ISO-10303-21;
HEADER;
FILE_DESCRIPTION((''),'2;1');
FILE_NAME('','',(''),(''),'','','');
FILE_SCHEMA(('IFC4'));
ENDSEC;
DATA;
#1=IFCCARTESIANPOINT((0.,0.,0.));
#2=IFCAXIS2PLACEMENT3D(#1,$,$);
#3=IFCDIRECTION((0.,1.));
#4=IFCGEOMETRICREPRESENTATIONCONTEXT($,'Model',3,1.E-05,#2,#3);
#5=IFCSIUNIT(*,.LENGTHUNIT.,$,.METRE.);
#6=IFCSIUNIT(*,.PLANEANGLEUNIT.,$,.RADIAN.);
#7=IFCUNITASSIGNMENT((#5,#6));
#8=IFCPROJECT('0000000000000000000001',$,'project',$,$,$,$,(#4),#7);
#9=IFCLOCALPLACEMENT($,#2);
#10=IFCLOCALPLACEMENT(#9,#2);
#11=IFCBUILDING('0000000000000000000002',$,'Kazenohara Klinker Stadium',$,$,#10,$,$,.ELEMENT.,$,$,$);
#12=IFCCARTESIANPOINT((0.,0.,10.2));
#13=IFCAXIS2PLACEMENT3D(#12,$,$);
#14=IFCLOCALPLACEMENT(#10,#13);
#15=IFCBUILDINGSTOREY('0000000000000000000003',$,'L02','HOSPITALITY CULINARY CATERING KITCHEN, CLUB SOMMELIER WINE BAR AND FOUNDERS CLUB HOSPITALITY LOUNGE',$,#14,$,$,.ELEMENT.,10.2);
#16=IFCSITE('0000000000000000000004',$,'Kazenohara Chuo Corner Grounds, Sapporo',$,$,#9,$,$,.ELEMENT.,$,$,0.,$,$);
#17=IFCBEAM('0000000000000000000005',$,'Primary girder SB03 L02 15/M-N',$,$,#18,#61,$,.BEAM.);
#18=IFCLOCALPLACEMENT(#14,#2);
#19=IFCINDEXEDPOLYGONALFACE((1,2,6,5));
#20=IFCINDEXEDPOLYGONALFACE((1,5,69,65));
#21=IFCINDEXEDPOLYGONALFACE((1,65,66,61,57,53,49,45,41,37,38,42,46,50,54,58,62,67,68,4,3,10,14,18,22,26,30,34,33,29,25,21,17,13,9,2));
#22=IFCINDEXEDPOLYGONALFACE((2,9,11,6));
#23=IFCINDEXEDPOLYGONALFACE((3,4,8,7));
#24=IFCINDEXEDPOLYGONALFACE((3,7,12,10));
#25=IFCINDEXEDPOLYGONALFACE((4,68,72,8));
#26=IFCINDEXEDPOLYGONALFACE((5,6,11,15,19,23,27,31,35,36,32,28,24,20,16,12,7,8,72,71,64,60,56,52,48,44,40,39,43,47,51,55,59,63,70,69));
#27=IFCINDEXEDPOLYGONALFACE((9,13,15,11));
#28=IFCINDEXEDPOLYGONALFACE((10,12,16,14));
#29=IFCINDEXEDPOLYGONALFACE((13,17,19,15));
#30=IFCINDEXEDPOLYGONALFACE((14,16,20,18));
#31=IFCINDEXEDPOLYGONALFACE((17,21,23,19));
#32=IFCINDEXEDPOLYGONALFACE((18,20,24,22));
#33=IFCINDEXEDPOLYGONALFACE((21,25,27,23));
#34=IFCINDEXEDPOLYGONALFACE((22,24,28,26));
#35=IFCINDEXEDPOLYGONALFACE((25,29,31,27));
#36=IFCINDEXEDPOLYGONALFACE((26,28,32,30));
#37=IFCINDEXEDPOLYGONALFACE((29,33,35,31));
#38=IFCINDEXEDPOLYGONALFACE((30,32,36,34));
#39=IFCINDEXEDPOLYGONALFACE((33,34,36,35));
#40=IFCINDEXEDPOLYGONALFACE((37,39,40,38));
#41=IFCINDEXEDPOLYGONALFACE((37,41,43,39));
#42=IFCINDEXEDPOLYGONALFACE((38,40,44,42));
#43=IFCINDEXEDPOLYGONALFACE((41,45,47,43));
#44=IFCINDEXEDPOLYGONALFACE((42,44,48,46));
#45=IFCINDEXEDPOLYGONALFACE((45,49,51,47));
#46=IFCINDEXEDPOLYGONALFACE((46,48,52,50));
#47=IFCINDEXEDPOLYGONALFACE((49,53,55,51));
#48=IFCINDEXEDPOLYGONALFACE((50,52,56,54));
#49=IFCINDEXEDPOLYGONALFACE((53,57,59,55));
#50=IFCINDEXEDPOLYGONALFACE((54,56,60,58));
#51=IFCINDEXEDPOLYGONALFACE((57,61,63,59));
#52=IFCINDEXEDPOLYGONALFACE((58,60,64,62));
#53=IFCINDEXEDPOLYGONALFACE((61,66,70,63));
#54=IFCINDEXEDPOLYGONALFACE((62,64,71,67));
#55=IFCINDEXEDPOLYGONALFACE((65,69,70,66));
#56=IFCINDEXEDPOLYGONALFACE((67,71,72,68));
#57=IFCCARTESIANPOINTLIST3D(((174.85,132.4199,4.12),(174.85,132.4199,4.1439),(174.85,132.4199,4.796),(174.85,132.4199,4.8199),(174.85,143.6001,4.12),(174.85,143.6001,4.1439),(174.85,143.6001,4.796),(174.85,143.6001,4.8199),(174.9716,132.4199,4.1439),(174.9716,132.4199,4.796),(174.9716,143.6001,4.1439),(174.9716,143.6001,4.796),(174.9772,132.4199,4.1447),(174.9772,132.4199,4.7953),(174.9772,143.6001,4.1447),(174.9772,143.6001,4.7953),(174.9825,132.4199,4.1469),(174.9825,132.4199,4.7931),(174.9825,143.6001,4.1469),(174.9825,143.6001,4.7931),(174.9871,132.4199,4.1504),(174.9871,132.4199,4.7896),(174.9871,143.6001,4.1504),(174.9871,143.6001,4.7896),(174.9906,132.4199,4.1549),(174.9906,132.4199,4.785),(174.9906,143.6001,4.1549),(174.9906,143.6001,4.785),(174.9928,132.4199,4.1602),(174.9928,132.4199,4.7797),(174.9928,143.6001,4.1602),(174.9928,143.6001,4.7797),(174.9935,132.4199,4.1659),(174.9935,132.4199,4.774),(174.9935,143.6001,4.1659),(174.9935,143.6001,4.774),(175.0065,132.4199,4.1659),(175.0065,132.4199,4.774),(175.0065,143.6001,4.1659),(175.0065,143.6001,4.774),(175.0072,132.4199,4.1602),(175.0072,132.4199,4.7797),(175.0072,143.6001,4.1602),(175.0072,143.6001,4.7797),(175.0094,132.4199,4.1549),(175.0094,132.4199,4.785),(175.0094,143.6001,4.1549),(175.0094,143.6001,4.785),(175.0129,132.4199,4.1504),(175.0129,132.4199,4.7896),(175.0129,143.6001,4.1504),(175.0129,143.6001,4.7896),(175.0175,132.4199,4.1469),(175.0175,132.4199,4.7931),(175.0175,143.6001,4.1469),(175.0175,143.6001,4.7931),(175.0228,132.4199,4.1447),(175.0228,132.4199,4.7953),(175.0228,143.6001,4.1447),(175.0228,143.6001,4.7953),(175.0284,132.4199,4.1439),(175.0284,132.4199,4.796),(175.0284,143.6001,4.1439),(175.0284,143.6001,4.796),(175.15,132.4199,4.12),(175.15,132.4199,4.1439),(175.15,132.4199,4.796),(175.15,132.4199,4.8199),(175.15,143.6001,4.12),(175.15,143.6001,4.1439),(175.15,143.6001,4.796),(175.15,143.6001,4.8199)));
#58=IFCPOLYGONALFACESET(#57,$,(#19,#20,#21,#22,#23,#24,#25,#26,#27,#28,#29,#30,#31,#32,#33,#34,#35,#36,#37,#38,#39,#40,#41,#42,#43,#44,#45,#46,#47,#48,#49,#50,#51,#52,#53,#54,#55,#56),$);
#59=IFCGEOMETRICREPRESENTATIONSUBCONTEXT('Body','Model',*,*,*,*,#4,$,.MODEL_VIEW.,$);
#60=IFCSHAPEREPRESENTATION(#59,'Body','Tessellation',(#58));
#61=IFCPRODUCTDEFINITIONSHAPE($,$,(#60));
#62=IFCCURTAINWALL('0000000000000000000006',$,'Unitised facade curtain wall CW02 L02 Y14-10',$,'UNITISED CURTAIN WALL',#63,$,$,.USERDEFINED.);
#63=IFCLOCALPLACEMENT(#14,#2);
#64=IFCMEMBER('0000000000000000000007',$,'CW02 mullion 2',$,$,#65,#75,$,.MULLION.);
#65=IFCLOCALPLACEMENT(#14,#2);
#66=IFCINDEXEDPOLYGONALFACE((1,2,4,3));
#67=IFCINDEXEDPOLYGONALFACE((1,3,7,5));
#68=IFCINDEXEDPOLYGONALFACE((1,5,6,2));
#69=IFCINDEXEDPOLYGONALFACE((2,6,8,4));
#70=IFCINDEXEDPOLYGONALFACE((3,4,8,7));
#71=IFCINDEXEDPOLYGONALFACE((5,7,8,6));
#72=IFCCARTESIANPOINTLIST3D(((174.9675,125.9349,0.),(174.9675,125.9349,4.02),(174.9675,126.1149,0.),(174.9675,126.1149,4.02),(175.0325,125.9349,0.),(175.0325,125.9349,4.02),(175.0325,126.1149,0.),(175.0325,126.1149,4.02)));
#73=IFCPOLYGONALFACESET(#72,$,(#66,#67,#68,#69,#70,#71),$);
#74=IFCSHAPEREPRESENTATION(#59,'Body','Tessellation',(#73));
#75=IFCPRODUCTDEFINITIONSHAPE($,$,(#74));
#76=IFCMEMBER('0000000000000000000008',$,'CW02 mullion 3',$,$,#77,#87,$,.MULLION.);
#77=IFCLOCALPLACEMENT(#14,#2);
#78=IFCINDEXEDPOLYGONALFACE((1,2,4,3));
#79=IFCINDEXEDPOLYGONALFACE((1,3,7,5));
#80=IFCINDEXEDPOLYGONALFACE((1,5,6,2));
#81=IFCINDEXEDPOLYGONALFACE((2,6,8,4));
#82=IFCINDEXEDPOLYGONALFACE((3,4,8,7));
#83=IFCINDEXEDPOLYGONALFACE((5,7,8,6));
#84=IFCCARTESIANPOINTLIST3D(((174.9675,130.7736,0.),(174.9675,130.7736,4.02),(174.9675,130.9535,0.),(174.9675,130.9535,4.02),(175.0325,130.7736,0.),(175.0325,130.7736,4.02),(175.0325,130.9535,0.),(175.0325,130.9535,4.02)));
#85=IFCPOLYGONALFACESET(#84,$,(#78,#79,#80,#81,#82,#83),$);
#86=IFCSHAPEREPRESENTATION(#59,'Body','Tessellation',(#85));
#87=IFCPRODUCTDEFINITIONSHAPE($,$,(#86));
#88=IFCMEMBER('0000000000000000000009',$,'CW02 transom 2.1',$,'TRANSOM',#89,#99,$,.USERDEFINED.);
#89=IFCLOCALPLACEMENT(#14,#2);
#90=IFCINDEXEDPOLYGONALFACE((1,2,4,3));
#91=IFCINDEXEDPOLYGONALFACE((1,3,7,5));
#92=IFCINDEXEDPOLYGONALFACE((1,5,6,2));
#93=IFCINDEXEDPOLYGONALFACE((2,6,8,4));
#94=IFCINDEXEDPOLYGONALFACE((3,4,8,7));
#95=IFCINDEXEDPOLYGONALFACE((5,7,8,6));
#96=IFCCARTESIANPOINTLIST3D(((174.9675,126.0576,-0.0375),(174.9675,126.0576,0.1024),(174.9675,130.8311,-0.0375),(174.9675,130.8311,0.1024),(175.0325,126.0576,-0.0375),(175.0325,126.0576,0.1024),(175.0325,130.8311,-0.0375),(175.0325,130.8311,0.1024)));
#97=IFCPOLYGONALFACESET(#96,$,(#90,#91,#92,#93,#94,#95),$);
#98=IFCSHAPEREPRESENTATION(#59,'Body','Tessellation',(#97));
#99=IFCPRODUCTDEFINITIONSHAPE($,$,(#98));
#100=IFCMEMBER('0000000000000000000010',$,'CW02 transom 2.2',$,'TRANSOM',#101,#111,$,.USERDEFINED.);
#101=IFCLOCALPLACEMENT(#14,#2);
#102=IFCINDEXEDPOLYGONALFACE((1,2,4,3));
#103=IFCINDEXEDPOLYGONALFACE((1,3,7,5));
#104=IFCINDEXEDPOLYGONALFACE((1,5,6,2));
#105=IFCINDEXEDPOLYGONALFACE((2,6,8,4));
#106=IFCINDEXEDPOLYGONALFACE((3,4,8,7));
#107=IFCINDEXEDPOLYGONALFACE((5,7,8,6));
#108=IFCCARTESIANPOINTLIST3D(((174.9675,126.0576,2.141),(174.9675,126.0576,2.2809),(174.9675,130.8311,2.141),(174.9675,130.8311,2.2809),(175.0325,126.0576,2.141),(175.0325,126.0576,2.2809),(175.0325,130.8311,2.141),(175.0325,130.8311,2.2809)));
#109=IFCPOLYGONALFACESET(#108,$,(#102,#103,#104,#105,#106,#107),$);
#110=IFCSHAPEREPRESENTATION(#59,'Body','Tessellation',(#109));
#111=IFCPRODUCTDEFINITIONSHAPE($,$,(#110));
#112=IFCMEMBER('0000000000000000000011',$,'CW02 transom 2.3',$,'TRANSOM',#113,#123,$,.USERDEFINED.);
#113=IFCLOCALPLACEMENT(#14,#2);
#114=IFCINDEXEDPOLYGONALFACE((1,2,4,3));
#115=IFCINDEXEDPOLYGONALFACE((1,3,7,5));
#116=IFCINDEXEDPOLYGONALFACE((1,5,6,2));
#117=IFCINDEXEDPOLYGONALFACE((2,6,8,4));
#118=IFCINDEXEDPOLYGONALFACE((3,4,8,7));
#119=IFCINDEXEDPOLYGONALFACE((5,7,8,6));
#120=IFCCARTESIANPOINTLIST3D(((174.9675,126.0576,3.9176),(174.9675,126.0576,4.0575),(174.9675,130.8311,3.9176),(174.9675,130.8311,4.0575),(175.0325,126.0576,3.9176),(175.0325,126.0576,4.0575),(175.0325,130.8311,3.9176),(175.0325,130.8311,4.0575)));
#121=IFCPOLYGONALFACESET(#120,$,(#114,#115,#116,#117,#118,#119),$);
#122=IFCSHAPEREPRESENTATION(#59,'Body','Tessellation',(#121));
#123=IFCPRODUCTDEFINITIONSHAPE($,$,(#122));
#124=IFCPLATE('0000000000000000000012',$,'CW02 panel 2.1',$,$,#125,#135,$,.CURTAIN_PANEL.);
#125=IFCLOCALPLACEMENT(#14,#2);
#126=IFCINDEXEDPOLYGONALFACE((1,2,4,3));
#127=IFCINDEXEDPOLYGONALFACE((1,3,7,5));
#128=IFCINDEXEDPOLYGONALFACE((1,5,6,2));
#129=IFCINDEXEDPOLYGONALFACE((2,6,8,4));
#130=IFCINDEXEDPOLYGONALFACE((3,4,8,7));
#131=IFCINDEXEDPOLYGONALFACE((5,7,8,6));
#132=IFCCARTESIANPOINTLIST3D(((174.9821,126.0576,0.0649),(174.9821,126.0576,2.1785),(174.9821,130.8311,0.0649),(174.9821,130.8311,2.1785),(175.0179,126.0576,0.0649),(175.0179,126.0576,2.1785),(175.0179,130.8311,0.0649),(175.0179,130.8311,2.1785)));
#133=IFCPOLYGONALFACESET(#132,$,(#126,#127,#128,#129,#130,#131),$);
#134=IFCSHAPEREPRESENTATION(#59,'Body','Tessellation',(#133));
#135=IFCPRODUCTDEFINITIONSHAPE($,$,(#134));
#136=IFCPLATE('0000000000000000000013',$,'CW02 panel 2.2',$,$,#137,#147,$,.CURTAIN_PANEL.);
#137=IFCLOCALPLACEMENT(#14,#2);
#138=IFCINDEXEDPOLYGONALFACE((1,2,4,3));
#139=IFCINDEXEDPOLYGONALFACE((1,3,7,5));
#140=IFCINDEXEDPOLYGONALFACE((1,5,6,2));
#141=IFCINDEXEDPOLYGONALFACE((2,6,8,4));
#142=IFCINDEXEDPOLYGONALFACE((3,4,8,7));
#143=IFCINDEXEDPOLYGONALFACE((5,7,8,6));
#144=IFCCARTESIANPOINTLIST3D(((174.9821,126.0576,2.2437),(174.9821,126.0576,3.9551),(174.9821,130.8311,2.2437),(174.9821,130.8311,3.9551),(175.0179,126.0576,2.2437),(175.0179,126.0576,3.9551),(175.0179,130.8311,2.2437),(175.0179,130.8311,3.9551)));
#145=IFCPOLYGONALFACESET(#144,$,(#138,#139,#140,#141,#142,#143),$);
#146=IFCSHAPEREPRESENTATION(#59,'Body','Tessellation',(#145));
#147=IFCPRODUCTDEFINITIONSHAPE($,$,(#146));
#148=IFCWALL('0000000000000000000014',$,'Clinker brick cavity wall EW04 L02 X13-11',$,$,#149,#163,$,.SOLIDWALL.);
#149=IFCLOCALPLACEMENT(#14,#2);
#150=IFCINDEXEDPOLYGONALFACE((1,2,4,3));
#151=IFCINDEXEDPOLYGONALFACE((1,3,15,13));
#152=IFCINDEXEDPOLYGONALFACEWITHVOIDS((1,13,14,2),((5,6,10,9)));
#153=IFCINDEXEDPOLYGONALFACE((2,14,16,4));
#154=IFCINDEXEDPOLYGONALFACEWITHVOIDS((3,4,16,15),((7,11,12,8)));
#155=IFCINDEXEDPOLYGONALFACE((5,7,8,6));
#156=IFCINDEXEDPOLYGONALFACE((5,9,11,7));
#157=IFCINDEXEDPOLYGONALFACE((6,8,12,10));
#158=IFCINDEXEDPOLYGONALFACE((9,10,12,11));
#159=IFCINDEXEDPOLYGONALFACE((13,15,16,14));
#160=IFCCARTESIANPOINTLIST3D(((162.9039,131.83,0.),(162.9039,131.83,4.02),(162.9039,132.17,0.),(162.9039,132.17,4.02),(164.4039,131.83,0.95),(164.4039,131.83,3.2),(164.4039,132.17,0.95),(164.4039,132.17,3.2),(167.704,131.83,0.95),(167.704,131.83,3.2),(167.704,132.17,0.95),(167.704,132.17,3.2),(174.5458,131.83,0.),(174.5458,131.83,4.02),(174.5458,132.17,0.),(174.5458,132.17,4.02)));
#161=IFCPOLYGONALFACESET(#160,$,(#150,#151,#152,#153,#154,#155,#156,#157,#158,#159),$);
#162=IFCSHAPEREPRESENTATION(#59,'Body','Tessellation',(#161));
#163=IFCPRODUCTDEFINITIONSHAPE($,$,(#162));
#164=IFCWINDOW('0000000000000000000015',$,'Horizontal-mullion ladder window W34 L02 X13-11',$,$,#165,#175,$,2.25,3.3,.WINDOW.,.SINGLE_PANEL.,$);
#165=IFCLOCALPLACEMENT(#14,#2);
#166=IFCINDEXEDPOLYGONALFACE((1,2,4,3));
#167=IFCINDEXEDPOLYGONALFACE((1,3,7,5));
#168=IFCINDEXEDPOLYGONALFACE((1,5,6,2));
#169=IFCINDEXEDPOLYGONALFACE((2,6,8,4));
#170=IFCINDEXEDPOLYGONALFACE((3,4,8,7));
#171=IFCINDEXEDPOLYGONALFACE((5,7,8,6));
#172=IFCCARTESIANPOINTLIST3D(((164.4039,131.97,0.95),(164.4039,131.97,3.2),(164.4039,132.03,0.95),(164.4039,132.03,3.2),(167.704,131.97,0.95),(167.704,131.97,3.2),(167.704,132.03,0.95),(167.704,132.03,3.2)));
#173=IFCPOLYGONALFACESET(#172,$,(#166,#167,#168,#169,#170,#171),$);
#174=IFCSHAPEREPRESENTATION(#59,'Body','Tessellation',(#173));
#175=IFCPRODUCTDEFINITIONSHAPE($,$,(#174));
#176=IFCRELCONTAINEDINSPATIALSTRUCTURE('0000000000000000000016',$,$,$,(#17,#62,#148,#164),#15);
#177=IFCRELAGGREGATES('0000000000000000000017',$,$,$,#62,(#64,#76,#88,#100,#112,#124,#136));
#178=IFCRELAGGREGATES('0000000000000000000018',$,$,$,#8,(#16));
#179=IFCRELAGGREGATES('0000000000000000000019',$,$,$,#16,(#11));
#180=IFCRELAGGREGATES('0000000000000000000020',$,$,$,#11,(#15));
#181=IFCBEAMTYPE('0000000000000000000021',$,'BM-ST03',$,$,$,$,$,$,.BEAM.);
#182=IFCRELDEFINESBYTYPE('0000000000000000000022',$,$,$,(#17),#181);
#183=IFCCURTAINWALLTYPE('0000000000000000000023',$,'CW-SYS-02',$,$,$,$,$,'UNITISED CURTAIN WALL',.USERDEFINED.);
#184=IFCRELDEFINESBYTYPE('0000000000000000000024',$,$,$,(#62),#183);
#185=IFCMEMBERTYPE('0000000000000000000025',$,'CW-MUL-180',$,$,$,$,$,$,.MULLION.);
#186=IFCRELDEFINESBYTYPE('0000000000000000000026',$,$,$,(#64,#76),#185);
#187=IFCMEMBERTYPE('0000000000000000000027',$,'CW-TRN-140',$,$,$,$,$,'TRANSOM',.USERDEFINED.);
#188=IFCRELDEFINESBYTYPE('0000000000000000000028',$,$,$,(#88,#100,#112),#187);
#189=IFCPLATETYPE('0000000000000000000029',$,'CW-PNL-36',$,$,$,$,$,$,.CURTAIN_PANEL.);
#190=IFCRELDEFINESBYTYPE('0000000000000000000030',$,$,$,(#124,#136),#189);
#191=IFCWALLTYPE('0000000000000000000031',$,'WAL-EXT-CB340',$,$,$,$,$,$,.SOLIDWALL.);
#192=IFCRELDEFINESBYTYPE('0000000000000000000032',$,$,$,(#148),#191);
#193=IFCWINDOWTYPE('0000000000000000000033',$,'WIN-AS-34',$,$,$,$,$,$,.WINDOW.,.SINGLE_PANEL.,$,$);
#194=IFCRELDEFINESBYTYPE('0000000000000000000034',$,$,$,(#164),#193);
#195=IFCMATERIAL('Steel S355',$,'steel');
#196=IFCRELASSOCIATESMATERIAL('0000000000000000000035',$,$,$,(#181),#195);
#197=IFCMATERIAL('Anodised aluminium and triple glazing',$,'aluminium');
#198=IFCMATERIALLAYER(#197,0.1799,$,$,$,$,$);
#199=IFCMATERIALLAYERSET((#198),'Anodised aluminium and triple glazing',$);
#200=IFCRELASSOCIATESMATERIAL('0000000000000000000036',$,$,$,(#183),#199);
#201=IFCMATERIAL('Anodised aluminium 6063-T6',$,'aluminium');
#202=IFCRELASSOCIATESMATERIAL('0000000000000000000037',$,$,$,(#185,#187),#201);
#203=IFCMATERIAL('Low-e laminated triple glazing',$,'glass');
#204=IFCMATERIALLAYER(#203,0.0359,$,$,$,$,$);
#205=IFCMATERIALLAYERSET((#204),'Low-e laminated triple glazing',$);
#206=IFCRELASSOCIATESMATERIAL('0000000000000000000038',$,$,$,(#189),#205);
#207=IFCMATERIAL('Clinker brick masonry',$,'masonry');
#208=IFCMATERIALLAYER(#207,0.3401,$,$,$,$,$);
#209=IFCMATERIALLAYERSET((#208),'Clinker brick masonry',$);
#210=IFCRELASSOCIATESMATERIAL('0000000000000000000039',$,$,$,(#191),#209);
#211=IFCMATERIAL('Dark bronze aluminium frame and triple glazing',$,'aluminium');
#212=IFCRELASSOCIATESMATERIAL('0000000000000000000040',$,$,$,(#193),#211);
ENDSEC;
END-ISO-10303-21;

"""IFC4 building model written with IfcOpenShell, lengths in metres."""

from ifc_helpers import new_model, si_unit, direction, frame, frame_2d, origin, origin_2d, place, context, subcontext, project, spatial, rectangle, i_section, extrude, material, layer, layer_set, material_profile, profile_set, type_object, element, fill, aggregate, save


model = new_model("IFC4")

# Units and contexts
model_context = context("Model", 3, precision=1e-05, world=origin(), true_north=direction((0.0, 1.0)))
body_context = subcontext(model_context, "Body", "Model", "MODEL_VIEW")
ifc_project = project(units=[si_unit("LENGTHUNIT", "METRE"), si_unit("PLANEANGLEUNIT", "RADIAN")], contexts=[model_context])

# Site, building, storey
site_placement = place(None, origin())
site = spatial("IfcSite", under=ifc_project, at=site_placement, Name="Kazenohara Chuo Corner Grounds, Sapporo", CompositionType="ELEMENT", RefElevation=0.0)
building_placement = place(site_placement, origin())
building = spatial("IfcBuilding", under=site, at=building_placement, Name="Kazenohara Klinker Stadium", CompositionType="ELEMENT")
storey_placement = place(building_placement, frame((0.0, 0.0, 10.2)))
storey = spatial("IfcBuildingStorey", under=building, at=storey_placement, Name="L02", Description="HOSPITALITY CULINARY CATERING KITCHEN, CLUB SOMMELIER WINE BAR AND FOUNDERS CLUB HOSPITALITY LOUNGE", CompositionType="ELEMENT", Elevation=10.2)

# Beam
ifc_material_1 = material(Name="Steel S355", Category="steel")
ifc_material_profile_1 = material_profile(ifc_material_1, i_section(OverallWidth=0.3, OverallDepth=0.7, WebThickness=0.0129, FlangeThickness=0.0239, FilletRadius=0.022, at=origin_2d()), Name="H-700x300x13x24")
ifc_profile_set_1 = profile_set([ifc_material_profile_1], Name="Steel S355")
beam_type_1 = type_object("IfcBeamType", Name="BM-ST03", PredefinedType="BEAM", material=ifc_profile_set_1)
beam_1_placement = place(storey_placement, frame((175.0, 132.4199, 4.47), z_axis=(0.0, 1.0, 0.0), x_axis=(-1.0, 0.0, 0.0)))
element("IfcBeam", 1, at=beam_1_placement, inside=storey, type_object=beam_type_1, Name="Primary girder SB03 L02 15/M-N", PredefinedType="BEAM", context=body_context, shape_type="SweptSolid", body=[
    extrude(i_section(OverallWidth=0.3, OverallDepth=0.7, WebThickness=0.0129, FlangeThickness=0.0239, FilletRadius=0.022, at=origin_2d()), origin(), (0.0, 0.0, 1.0), 11.1802),
])

# Curtain wall, members, plates
ifc_material_2 = material(Name="Anodised aluminium and triple glazing", Category="aluminium")
ifc_layer_1 = layer(ifc_material_2, 0.1799)
ifc_layer_set_1 = layer_set([ifc_layer_1], Name="Anodised aluminium and triple glazing")
curtain_wall_type = type_object("IfcCurtainWallType", Name="CW-SYS-02", ElementType="UNITISED CURTAIN WALL", PredefinedType="USERDEFINED", material=ifc_layer_set_1)
curtain_wall_placement = place(storey_placement, origin())
curtain_wall = element("IfcCurtainWall", 2, at=curtain_wall_placement, inside=storey, type_object=curtain_wall_type, Name="Unitised facade curtain wall CW02 L02 Y14-10", ObjectType="UNITISED CURTAIN WALL", PredefinedType="USERDEFINED")
ifc_material_3 = material(Name="Anodised aluminium 6063-T6", Category="aluminium")
ifc_material_profile_2 = material_profile(ifc_material_3, rectangle(XDim=0.0649, YDim=0.1799, at=origin_2d()), Name="ALU-MUL-65x180")
ifc_profile_set_2 = profile_set([ifc_material_profile_2], Name="Anodised aluminium 6063-T6")
member_type_1 = type_object("IfcMemberType", Name="CW-MUL-180", PredefinedType="MULLION", material=ifc_profile_set_2)
member_1_placement = place(storey_placement, frame((175.0, 126.0249, 0.0), z_axis=(0.0, 0.0, 1.0), x_axis=(-1.0, 0.0, 0.0)))
member_1 = element("IfcMember", 3, at=member_1_placement, type_object=member_type_1, Name="CW02 mullion 2", PredefinedType="MULLION", context=body_context, shape_type="SweptSolid", body=[
    extrude(rectangle(XDim=0.0649, YDim=0.1799, at=origin_2d()), origin(), (0.0, 0.0, 1.0), 4.02),
])
member_2_placement = place(storey_placement, frame((175.0, 130.8635, 0.0), z_axis=(0.0, 0.0, 1.0), x_axis=(-1.0, 0.0, 0.0)))
member_2 = element("IfcMember", 4, at=member_2_placement, type_object=member_type_1, Name="CW02 mullion 3", PredefinedType="MULLION", context=body_context, shape_type="SweptSolid", body=[
    extrude(rectangle(XDim=0.0649, YDim=0.1799, at=origin_2d()), origin(), (0.0, 0.0, 1.0), 4.02),
])
ifc_material_profile_3 = material_profile(ifc_material_3, rectangle(XDim=0.0649, YDim=0.1399, at=origin_2d()), Name="ALU-TRN-65x140")
ifc_profile_set_3 = profile_set([ifc_material_profile_3], Name="Anodised aluminium 6063-T6")
member_type_2 = type_object("IfcMemberType", Name="CW-TRN-140", ElementType="TRANSOM", PredefinedType="USERDEFINED", material=ifc_profile_set_3)
member_3_placement = place(storey_placement, frame((175.0, 126.0576, 0.0325), z_axis=(0.0, 1.0, 0.0), x_axis=(-1.0, 0.0, 0.0)))
member_3 = element("IfcMember", 5, at=member_3_placement, type_object=member_type_2, Name="CW02 transom 2.1", ObjectType="TRANSOM", PredefinedType="USERDEFINED", context=body_context, shape_type="SweptSolid", body=[
    extrude(rectangle(XDim=0.0649, YDim=0.1399, at=origin_2d()), origin(), (0.0, 0.0, 1.0), 4.7734),
])
member_4_placement = place(storey_placement, frame((175.0, 126.0576, 2.2109), z_axis=(0.0, 1.0, 0.0), x_axis=(-1.0, 0.0, 0.0)))
member_4 = element("IfcMember", 6, at=member_4_placement, type_object=member_type_2, Name="CW02 transom 2.2", ObjectType="TRANSOM", PredefinedType="USERDEFINED", context=body_context, shape_type="SweptSolid", body=[
    extrude(rectangle(XDim=0.0649, YDim=0.1399, at=origin_2d()), origin(), (0.0, 0.0, 1.0), 4.7734),
])
member_5_placement = place(storey_placement, frame((175.0, 126.0576, 3.9875), z_axis=(0.0, 1.0, 0.0), x_axis=(-1.0, 0.0, 0.0)))
member_5 = element("IfcMember", 7, at=member_5_placement, type_object=member_type_2, Name="CW02 transom 2.3", ObjectType="TRANSOM", PredefinedType="USERDEFINED", context=body_context, shape_type="SweptSolid", body=[
    extrude(rectangle(XDim=0.0649, YDim=0.1399, at=origin_2d()), origin(), (0.0, 0.0, 1.0), 4.7734),
])
ifc_material_4 = material(Name="Low-e laminated triple glazing", Category="glass")
ifc_layer_2 = layer(ifc_material_4, 0.0359)
ifc_layer_set_2 = layer_set([ifc_layer_2], Name="Low-e laminated triple glazing")
plate_type = type_object("IfcPlateType", Name="CW-PNL-36", PredefinedType="CURTAIN_PANEL", material=ifc_layer_set_2)
plate_1_placement = place(storey_placement, frame((175.0, 128.4443, 0.0649), z_axis=(0.0, 0.0, 1.0), x_axis=(0.0, 1.0, 0.0)))
plate_1 = element("IfcPlate", 8, at=plate_1_placement, type_object=plate_type, Name="CW02 panel 2.1", PredefinedType="CURTAIN_PANEL", context=body_context, shape_type="SweptSolid", body=[
    extrude(rectangle(XDim=4.7734, YDim=0.0359, at=origin_2d()), origin(), (0.0, 0.0, 1.0), 2.1135),
])
plate_2_placement = place(storey_placement, frame((175.0, 128.4443, 2.2437), z_axis=(0.0, 0.0, 1.0), x_axis=(0.0, 1.0, 0.0)))
plate_2 = element("IfcPlate", 9, at=plate_2_placement, type_object=plate_type, Name="CW02 panel 2.2", PredefinedType="CURTAIN_PANEL", context=body_context, shape_type="SweptSolid", body=[
    extrude(rectangle(XDim=4.7734, YDim=0.0359, at=origin_2d()), origin(), (0.0, 0.0, 1.0), 1.7114),
])
aggregate(curtain_wall, [member_1, member_2, member_3, member_4, member_5, plate_1, plate_2])

# Wall, opening, window
ifc_material_5 = material(Name="Clinker brick masonry", Category="masonry")
ifc_layer_3 = layer(ifc_material_5, 0.3401)
ifc_layer_set_3 = layer_set([ifc_layer_3], Name="Clinker brick masonry")
wall_type_1 = type_object("IfcWallType", Name="WAL-EXT-CB340", PredefinedType="SOLIDWALL", material=ifc_layer_set_3)
wall_1_placement = place(storey_placement, frame((162.9041, 132.0, 0.0), z_axis=(0.0, 0.0, 1.0), x_axis=(1.0, 0.0, 0.0)))
wall_1 = element("IfcWall", 10, at=wall_1_placement, inside=storey, type_object=wall_type_1, Name="Clinker brick cavity wall EW04 L02 X13-11", PredefinedType="SOLIDWALL", context=body_context, shape_type="SweptSolid", body=[
    extrude(rectangle(XDim=11.6418, YDim=0.3401, at=frame_2d((5.8208, 0.0))), origin(), (0.0, 0.0, 1.0), 4.02),
])
opening_placement = place(wall_1_placement, frame((1.5, 0.0, 0.95)))
opening = element("IfcOpeningElement", 11, at=opening_placement, cuts=wall_1, PredefinedType="OPENING", context=body_context, shape_type="SweptSolid", body=[
    extrude(rectangle(XDim=3.3, YDim=2.25, at=frame_2d((1.6499, 1.125))), frame((0.0, 0.1802, 0.0), z_axis=(0.0, -1.0, 0.0), x_axis=(1.0, 0.0, 0.0)), (0.0, 0.0, 1.0), 0.3601),
])
ifc_material_6 = material(Name="Dark bronze aluminium frame and triple glazing", Category="aluminium")
window_type = type_object("IfcWindowType", Name="WIN-AS-34", PartitioningType="SINGLE_PANEL", PredefinedType="WINDOW", material=ifc_material_6)
window_placement = place(opening_placement, origin())
window = element("IfcWindow", 12, at=window_placement, inside=storey, type_object=window_type, Name="Horizontal-mullion ladder window W34 L02 X13-11", OverallHeight=2.25, OverallWidth=3.3, PartitioningType="SINGLE_PANEL", PredefinedType="WINDOW", context=body_context, shape_type="SweptSolid", body=[
    extrude(rectangle(XDim=3.3, YDim=2.25, at=frame_2d((1.6499, 1.125))), frame((0.0, 0.03, 0.0), z_axis=(0.0, -1.0, 0.0), x_axis=(1.0, 0.0, 0.0)), (0.0, 0.0, 1.0), 0.0601),
])
fill(opening, window)

save(model, "model.ifc")
